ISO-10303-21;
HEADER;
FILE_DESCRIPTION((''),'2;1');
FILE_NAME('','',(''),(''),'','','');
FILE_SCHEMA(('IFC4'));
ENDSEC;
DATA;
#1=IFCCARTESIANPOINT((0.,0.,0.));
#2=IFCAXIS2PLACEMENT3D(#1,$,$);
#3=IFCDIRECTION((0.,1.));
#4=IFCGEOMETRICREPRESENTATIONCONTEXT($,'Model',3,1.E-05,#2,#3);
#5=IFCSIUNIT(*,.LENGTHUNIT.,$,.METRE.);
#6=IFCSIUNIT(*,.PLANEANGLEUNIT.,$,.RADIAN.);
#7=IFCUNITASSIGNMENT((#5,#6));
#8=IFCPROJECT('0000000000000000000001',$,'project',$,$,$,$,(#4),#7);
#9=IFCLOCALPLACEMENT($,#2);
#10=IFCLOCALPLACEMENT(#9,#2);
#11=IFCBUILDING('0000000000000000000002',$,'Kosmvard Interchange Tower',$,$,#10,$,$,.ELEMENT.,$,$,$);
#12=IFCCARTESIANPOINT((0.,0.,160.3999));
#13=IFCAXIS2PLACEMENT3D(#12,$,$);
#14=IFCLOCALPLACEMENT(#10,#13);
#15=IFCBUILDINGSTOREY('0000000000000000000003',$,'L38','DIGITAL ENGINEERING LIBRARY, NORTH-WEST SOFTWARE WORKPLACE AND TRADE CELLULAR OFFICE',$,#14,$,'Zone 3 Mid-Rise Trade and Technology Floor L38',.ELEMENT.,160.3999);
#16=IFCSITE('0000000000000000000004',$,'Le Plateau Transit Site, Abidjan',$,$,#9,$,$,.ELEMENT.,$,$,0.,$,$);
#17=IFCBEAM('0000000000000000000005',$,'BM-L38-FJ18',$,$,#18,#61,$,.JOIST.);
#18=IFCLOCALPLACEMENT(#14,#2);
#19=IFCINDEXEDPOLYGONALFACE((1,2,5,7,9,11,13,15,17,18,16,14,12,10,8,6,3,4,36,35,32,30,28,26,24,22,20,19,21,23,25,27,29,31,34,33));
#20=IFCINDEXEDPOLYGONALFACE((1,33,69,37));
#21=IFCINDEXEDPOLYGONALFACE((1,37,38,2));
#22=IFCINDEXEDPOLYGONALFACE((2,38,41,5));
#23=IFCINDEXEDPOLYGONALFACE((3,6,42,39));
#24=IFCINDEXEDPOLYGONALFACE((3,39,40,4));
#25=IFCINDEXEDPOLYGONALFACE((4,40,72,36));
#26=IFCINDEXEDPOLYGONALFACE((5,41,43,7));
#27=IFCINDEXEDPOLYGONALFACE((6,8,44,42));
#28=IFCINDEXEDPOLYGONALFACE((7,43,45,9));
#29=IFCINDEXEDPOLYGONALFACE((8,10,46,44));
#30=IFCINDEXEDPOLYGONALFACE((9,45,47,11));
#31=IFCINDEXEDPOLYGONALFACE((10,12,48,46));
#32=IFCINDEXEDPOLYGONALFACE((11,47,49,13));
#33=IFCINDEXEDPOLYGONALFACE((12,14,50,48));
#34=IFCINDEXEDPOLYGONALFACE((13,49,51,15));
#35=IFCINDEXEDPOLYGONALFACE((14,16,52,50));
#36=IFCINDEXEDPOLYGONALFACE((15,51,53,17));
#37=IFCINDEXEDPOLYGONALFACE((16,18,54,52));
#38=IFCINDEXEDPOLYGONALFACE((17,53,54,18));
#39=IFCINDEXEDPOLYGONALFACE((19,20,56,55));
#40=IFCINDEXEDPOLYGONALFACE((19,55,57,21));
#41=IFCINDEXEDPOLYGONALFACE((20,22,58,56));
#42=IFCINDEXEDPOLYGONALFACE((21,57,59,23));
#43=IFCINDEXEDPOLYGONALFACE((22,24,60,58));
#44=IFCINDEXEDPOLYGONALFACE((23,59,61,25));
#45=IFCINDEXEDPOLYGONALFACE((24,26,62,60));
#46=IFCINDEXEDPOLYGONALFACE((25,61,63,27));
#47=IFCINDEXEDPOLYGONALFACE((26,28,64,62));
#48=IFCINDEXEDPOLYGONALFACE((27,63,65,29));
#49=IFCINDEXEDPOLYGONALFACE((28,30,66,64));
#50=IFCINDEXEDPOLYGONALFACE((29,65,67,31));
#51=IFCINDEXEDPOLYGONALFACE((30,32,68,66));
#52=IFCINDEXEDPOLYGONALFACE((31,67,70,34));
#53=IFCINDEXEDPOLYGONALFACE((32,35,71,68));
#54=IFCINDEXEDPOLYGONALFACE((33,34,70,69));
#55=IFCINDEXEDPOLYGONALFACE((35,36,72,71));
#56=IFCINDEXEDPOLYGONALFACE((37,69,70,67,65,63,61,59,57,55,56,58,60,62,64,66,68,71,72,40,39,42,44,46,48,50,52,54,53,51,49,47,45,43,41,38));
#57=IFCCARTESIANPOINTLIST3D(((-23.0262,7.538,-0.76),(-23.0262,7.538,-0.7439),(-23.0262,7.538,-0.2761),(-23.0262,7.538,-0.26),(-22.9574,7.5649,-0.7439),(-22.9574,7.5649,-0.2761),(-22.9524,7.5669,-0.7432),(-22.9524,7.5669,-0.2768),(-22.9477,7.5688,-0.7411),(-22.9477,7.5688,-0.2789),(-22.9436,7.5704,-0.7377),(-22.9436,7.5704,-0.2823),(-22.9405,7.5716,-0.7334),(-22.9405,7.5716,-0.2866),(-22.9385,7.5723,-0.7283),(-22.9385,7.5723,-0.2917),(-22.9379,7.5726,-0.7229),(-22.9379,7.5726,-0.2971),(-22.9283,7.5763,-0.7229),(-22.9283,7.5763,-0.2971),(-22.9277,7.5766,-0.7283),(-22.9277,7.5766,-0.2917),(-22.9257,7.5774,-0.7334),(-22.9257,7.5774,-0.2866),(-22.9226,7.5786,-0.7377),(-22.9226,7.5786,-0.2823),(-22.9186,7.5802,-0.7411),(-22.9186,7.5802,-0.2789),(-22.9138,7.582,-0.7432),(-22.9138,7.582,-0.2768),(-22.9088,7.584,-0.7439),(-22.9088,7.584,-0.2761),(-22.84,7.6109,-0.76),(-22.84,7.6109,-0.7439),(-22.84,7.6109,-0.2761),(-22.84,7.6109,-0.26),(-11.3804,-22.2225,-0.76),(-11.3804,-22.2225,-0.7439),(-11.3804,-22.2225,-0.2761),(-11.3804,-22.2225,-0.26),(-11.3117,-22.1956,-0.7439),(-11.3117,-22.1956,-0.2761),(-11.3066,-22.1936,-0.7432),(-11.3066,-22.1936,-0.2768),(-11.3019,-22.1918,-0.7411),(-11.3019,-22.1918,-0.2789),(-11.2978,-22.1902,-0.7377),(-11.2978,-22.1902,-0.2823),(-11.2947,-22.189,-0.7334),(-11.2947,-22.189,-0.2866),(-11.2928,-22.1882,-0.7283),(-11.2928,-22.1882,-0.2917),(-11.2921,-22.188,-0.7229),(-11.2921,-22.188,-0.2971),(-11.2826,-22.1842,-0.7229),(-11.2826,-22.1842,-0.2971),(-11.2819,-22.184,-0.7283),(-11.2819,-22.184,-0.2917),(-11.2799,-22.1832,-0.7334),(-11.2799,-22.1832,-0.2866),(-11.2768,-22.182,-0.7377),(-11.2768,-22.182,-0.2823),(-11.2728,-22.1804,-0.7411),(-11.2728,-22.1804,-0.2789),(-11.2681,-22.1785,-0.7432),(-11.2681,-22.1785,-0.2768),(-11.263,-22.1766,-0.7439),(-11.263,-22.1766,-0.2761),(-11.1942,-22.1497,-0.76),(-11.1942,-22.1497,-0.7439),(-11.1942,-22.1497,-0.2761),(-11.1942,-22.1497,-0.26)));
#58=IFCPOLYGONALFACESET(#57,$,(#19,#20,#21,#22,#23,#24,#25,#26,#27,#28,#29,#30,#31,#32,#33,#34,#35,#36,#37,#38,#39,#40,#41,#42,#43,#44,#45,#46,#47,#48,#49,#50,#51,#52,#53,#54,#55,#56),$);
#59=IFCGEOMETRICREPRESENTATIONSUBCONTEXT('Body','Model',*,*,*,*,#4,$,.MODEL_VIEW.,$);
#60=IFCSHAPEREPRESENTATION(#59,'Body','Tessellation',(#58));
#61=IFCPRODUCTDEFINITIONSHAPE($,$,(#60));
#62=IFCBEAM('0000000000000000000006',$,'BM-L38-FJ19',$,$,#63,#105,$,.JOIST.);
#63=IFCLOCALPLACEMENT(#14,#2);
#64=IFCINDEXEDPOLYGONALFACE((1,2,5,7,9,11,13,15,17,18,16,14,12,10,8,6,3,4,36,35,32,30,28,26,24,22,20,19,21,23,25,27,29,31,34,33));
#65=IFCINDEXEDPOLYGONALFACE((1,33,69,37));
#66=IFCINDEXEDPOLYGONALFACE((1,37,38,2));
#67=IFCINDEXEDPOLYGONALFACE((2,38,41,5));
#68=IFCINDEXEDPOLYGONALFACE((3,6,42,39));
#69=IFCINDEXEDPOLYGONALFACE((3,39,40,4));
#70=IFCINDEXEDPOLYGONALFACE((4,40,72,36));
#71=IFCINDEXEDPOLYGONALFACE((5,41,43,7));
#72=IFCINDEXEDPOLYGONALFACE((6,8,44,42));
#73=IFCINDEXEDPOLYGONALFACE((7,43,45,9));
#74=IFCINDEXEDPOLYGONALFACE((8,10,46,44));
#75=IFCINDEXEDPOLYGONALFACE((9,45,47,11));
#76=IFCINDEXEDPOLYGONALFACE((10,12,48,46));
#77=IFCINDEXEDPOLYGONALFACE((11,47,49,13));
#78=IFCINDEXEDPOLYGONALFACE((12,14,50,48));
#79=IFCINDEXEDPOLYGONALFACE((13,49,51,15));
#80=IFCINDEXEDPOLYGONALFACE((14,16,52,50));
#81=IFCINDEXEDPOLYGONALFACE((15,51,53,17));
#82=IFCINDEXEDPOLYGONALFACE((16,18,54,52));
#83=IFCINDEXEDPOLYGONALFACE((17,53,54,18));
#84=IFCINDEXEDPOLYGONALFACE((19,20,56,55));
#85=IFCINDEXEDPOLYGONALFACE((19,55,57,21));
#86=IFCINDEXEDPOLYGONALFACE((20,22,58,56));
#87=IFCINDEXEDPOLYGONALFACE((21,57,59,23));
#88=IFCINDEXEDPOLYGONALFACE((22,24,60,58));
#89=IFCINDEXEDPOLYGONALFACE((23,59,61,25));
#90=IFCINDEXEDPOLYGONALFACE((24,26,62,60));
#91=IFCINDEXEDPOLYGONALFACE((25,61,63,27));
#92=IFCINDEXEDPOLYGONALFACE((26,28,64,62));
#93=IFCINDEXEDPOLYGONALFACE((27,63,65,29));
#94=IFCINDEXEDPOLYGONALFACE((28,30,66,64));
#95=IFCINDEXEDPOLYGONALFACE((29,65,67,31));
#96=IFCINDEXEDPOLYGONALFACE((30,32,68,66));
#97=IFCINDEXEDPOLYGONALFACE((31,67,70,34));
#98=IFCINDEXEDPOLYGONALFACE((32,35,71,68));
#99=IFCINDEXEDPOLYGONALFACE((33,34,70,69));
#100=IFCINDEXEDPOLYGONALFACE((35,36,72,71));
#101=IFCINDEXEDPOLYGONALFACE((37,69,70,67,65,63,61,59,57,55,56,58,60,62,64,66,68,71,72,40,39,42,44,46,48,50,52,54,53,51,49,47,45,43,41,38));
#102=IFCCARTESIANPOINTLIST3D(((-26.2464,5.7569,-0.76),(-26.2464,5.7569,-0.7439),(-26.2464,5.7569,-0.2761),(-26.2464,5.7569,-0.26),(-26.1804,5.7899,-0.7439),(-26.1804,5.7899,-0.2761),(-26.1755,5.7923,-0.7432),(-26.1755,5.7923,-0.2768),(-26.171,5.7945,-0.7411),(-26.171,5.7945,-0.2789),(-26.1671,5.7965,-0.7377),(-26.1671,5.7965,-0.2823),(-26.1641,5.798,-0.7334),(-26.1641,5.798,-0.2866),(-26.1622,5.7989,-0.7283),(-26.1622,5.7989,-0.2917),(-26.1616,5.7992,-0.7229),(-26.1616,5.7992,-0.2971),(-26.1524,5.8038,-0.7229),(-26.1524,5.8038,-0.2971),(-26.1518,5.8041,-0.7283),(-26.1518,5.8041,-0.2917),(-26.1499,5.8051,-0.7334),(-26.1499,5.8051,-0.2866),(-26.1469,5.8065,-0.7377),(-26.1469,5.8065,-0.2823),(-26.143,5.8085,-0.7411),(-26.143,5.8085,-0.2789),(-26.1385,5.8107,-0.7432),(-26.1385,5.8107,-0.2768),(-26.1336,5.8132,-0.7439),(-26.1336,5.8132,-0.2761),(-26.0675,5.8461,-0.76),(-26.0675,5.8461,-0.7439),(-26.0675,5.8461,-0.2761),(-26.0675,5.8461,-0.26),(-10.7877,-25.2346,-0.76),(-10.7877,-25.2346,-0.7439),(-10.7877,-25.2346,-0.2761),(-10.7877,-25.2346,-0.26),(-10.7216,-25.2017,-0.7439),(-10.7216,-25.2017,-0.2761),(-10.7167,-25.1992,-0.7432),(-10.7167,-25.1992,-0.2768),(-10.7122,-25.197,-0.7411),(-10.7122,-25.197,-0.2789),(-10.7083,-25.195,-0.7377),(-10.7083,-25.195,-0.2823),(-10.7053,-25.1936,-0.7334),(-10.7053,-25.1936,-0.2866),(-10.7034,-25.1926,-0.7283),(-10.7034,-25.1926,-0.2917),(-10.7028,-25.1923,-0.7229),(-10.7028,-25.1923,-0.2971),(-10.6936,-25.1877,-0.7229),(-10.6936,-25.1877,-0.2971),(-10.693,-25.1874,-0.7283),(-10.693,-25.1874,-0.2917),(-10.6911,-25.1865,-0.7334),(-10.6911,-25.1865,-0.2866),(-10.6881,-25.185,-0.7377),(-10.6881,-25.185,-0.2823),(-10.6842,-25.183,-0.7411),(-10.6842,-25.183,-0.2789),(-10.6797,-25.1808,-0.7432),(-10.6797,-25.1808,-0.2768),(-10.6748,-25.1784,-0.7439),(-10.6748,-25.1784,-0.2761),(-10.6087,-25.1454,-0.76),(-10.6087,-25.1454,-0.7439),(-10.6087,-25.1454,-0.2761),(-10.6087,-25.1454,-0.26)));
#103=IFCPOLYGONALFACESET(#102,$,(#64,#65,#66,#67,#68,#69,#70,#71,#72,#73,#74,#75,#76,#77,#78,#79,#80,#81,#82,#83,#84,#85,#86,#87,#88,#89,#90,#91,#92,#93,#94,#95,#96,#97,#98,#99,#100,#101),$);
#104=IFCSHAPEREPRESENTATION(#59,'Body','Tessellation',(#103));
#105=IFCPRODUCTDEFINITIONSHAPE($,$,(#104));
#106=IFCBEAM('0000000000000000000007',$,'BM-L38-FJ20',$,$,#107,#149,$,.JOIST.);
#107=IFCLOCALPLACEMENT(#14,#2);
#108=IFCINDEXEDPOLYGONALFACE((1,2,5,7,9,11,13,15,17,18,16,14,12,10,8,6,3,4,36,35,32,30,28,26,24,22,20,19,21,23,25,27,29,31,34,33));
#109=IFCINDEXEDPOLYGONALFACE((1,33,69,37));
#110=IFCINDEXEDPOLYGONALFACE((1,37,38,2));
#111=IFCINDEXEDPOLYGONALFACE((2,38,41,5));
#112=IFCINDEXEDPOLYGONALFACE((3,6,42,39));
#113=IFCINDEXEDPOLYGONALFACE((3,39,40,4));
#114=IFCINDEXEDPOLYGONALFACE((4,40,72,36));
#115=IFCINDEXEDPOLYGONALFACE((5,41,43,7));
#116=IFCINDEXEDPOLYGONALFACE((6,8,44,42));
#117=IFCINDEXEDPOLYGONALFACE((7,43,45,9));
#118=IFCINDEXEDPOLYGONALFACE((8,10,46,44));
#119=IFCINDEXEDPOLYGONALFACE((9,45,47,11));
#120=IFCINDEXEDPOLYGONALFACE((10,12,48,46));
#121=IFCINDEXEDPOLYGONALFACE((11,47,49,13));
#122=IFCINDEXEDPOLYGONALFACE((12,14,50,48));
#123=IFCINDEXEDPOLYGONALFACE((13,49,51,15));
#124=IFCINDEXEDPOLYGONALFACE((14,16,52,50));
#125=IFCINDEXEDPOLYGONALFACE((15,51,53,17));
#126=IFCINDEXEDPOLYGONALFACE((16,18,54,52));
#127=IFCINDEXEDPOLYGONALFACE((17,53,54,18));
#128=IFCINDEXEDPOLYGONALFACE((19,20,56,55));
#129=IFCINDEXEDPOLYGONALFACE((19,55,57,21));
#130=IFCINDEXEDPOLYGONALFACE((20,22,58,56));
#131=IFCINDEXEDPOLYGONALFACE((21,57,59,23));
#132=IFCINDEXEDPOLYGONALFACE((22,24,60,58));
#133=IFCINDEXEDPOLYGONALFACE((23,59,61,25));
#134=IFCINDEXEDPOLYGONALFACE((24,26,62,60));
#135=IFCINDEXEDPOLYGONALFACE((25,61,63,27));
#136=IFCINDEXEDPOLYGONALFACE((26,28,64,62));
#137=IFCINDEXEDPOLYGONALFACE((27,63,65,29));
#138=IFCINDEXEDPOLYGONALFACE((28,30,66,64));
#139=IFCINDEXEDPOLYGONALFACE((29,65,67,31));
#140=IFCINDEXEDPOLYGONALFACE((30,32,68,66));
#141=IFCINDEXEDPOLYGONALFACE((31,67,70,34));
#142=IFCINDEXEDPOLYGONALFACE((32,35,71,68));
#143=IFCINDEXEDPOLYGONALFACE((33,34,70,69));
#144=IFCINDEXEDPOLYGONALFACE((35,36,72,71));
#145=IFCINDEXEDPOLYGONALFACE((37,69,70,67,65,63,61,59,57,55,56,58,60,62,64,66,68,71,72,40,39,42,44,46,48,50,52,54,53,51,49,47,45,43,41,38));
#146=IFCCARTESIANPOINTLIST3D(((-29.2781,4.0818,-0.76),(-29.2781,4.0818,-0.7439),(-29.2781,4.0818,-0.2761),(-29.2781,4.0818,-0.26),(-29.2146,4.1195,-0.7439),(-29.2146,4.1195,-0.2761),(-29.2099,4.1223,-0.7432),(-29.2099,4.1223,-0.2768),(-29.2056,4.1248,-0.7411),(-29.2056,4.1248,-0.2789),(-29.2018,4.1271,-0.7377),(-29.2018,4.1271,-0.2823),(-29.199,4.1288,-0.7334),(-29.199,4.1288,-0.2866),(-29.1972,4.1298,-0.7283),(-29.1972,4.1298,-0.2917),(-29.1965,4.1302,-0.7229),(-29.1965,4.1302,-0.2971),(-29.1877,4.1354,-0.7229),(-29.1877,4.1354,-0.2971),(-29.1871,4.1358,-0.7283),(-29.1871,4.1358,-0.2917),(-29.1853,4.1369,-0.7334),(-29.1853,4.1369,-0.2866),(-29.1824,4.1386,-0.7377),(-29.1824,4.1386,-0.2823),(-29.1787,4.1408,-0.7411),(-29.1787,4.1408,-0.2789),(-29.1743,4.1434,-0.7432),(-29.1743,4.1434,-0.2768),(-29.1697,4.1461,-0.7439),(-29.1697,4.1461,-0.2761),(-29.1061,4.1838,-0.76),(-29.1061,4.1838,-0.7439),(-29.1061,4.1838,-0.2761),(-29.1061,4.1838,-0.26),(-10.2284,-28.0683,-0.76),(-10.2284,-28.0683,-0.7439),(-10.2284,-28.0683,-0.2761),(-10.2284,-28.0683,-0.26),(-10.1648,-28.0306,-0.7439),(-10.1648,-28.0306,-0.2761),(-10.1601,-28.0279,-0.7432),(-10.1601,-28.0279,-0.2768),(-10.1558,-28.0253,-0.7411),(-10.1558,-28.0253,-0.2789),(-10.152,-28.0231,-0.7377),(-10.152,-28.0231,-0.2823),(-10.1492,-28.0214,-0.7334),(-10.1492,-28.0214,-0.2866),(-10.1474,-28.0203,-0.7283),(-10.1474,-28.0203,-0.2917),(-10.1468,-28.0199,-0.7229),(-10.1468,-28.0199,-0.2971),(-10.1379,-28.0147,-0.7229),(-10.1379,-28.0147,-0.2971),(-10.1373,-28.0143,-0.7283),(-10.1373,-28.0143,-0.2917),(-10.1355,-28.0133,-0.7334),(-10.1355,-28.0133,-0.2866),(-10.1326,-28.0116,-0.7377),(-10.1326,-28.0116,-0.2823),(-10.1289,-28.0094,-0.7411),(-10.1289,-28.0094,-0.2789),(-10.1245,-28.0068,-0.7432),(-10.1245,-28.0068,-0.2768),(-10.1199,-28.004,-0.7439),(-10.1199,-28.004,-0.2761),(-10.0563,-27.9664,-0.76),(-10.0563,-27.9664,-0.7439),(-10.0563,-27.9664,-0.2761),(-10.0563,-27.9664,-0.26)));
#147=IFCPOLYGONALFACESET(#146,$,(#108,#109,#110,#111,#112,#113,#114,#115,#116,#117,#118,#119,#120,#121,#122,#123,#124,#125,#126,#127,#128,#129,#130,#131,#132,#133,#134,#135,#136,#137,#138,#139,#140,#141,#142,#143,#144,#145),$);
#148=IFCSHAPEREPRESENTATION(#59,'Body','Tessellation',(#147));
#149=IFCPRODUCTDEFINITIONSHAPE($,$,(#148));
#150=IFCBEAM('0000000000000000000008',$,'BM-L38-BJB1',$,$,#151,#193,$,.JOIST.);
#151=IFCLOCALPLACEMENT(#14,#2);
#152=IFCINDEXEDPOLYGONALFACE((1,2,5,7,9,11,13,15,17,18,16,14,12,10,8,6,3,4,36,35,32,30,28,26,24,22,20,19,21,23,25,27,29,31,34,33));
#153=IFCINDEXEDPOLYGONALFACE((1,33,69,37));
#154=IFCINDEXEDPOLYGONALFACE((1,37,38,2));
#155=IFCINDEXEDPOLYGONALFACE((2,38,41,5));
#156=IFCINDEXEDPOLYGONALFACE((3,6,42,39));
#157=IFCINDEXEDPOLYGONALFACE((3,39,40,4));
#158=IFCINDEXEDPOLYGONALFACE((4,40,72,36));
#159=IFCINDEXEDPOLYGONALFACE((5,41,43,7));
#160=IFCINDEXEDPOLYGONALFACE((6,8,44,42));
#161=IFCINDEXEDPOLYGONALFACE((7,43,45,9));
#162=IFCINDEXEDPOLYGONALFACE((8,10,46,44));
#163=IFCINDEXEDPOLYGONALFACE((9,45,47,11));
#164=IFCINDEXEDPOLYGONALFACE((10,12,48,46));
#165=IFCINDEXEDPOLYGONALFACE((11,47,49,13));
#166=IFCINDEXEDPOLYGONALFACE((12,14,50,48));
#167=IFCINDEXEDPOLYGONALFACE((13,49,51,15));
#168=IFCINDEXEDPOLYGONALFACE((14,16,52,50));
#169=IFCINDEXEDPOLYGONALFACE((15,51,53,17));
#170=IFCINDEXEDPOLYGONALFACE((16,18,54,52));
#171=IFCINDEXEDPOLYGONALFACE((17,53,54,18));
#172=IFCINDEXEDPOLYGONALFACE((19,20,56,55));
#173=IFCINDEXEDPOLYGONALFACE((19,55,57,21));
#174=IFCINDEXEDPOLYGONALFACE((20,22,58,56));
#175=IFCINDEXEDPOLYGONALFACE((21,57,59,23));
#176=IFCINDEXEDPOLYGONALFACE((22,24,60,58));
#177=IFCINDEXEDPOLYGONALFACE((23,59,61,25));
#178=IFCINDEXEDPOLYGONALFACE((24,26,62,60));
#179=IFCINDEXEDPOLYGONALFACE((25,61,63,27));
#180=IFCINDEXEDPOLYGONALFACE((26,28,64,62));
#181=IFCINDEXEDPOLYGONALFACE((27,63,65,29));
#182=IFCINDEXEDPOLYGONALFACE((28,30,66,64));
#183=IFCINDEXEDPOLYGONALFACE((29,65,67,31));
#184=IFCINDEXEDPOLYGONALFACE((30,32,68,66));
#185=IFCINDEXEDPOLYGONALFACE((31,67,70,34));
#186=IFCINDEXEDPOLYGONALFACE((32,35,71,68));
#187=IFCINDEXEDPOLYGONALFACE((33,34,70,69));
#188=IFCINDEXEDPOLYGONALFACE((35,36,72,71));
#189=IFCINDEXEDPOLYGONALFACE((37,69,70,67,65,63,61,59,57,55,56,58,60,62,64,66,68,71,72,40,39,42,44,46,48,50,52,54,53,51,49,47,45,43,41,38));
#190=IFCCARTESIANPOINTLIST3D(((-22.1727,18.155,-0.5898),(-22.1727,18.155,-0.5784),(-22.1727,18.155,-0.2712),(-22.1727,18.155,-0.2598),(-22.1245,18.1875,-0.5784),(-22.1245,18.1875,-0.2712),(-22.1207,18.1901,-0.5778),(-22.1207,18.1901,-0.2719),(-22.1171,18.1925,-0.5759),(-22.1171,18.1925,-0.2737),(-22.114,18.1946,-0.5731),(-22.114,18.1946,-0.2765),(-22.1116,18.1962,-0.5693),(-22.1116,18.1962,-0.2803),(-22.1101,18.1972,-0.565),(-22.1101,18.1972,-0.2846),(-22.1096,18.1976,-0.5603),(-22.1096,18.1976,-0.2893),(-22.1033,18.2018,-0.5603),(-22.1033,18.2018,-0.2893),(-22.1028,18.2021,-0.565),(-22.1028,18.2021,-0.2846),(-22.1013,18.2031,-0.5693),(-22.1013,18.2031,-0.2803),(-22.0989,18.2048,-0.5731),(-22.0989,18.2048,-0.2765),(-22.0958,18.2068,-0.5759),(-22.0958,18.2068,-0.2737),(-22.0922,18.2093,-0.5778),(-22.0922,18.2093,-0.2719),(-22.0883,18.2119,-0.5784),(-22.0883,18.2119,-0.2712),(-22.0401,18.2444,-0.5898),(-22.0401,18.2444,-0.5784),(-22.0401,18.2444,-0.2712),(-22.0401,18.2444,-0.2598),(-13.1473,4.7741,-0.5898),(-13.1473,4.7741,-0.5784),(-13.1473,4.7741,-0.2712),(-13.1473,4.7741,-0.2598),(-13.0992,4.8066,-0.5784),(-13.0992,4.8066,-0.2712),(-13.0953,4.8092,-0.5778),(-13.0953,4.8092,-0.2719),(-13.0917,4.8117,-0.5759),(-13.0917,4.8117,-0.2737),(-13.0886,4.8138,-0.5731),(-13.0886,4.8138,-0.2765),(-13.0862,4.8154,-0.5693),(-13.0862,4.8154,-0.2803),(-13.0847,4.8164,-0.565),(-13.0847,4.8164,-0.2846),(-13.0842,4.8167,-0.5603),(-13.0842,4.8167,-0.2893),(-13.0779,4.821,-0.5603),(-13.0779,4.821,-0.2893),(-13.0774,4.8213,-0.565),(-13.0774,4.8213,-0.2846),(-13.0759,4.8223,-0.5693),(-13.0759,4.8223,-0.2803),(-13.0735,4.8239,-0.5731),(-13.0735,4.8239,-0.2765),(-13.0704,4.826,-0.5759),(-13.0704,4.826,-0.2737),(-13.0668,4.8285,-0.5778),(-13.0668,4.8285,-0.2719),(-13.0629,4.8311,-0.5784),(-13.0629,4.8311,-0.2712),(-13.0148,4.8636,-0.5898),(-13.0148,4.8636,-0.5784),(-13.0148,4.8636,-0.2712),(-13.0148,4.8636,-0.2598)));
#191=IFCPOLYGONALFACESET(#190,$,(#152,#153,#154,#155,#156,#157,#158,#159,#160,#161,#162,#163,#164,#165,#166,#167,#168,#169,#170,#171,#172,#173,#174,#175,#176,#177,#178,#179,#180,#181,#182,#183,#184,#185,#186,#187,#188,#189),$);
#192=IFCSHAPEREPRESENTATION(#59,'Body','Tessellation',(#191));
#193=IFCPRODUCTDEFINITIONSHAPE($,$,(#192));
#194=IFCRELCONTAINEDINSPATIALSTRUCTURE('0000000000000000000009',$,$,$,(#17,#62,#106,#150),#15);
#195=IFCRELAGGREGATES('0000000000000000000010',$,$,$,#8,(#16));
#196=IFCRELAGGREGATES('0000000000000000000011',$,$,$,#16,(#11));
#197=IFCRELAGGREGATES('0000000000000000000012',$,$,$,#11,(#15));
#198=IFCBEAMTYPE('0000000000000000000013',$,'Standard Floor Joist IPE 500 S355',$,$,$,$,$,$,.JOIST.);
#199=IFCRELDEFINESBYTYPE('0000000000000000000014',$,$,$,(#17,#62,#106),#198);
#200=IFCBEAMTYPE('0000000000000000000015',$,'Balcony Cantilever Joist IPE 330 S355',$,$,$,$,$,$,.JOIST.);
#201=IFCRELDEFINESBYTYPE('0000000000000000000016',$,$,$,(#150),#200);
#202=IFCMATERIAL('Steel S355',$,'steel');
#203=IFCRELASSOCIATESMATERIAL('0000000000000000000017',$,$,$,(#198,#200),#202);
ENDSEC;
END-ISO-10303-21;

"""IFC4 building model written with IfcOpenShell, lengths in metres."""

from ifc_helpers import new_model, si_unit, direction, frame, origin, origin_2d, place, context, subcontext, project, spatial, i_section, extrude, source, transform, mapped, material, material_profile, profile_set, type_object, element, save


model = new_model("IFC4")

# Units and contexts
model_context = context("Model", 3, precision=1e-05, world=origin(), true_north=direction((0.0, 1.0)))
body_context = subcontext(model_context, "Body", "Model", "MODEL_VIEW")
ifc_project = project(units=[si_unit("LENGTHUNIT", "METRE"), si_unit("PLANEANGLEUNIT", "RADIAN")], contexts=[model_context])

# Site, building, storey
site_placement = place(None, origin())
site = spatial("IfcSite", under=ifc_project, at=site_placement, Name="Le Plateau Transit Site, Abidjan", CompositionType="ELEMENT", RefElevation=0.0)
building_placement = place(site_placement, origin())
building = spatial("IfcBuilding", under=site, at=building_placement, Name="Kosmvard Interchange Tower", CompositionType="ELEMENT")
storey_placement = place(building_placement, frame((0.0, 0.0, 160.3999)))
storey = spatial("IfcBuildingStorey", under=building, at=storey_placement, Name="L38", Description="DIGITAL ENGINEERING LIBRARY, NORTH-WEST SOFTWARE WORKPLACE AND TRADE CELLULAR OFFICE", LongName="Zone 3 Mid-Rise Trade and Technology Floor L38", CompositionType="ELEMENT", Elevation=160.3999)

# Beams
ifc_material_1 = material(Name="Steel S355", Category="steel")
ifc_material_profile_1 = material_profile(ifc_material_1, i_section(OverallWidth=0.2, OverallDepth=0.5, WebThickness=0.0103, FlangeThickness=0.0161, FilletRadius=0.021, at=origin_2d()), Name="IPE 500")
ifc_profile_set_1 = profile_set([ifc_material_profile_1], Name="Steel S355")
beam_type_1 = type_object("IfcBeamType", Name="Standard Floor Joist IPE 500 S355", PredefinedType="JOIST", material=ifc_profile_set_1)
shared_shape_1 = source(origin(), body_context, "Body", "SweptSolid", [
    extrude(i_section(OverallWidth=0.2, OverallDepth=0.5, WebThickness=0.0103, FlangeThickness=0.0161, FilletRadius=0.021, at=origin_2d()), origin(), (0.0, 0.0, 1.0), 31.958),
])
beam_1_placement = place(storey_placement, frame((-22.9331, 7.5745, -0.51), z_axis=(0.364409, -0.931239, 0.0), x_axis=(0.931239, 0.364409, 0.0)))
element("IfcBeam", 1, at=beam_1_placement, inside=storey, type_object=beam_type_1, Name="BM-L38-FJ18", PredefinedType="JOIST", context=body_context, shape_type="MappedRepresentation", body=[
    mapped(shared_shape_1, transform((0.0, 0.0, 0.0), scale=1.0)),
])
shared_shape_2 = source(origin(), body_context, "Body", "SweptSolid", [
    extrude(i_section(OverallWidth=0.2, OverallDepth=0.5, WebThickness=0.0103, FlangeThickness=0.0161, FilletRadius=0.021, at=origin_2d()), origin(), (0.0, 0.0, 1.0), 34.6331),
])
beam_2_placement = place(storey_placement, frame((-26.157, 5.8015, -0.51), z_axis=(0.446359, -0.894854, 0.0), x_axis=(0.894854, 0.446359, 0.0)))
element("IfcBeam", 2, at=beam_2_placement, inside=storey, type_object=beam_type_1, Name="BM-L38-FJ19", PredefinedType="JOIST", context=body_context, shape_type="MappedRepresentation", body=[
    mapped(shared_shape_2, transform((0.0, 0.0, 0.0), scale=1.0)),
])
shared_shape_3 = source(origin(), body_context, "Body", "SweptSolid", [
    extrude(i_section(OverallWidth=0.2, OverallDepth=0.5, WebThickness=0.0103, FlangeThickness=0.0161, FilletRadius=0.021, at=origin_2d()), origin(), (0.0, 0.0, 1.0), 37.3701),
])
beam_3_placement = place(storey_placement, frame((-29.1921, 4.1328, -0.51), z_axis=(0.50976, -0.860317, 0.0), x_axis=(0.860317, 0.50976, 0.0)))
element("IfcBeam", 3, at=beam_3_placement, inside=storey, type_object=beam_type_1, Name="BM-L38-FJ20", PredefinedType="JOIST", context=body_context, shape_type="MappedRepresentation", body=[
    mapped(shared_shape_3, transform((0.0, 0.0, 0.0), scale=1.0)),
])
ifc_material_profile_2 = material_profile(ifc_material_1, i_section(OverallWidth=0.1599, OverallDepth=0.3301, WebThickness=0.0076, FlangeThickness=0.0115, FilletRadius=0.0181, at=origin_2d()), Name="IPE 330")
ifc_profile_set_2 = profile_set([ifc_material_profile_2], Name="Steel S355")
beam_type_2 = type_object("IfcBeamType", Name="Balcony Cantilever Joist IPE 330 S355", PredefinedType="JOIST", material=ifc_profile_set_2)
shared_shape_4 = source(origin(), body_context, "Body", "SweptSolid", [
    extrude(i_section(OverallWidth=0.1599, OverallDepth=0.3301, WebThickness=0.0076, FlangeThickness=0.0115, FilletRadius=0.0181, at=origin_2d()), origin(), (0.0, 0.0, 1.0), 16.1401),
])
beam_4_placement = place(storey_placement, frame((-13.0811, 4.8188, -0.4248), z_axis=(-0.559188, 0.829041, 0.0), x_axis=(-0.829041, -0.559188, 0.0)))
element("IfcBeam", 4, at=beam_4_placement, inside=storey, type_object=beam_type_2, Name="BM-L38-BJB1", PredefinedType="JOIST", context=body_context, shape_type="MappedRepresentation", body=[
    mapped(shared_shape_4, transform((0.0, 0.0, 0.0), scale=1.0)),
])

save(model, "model.ifc")
